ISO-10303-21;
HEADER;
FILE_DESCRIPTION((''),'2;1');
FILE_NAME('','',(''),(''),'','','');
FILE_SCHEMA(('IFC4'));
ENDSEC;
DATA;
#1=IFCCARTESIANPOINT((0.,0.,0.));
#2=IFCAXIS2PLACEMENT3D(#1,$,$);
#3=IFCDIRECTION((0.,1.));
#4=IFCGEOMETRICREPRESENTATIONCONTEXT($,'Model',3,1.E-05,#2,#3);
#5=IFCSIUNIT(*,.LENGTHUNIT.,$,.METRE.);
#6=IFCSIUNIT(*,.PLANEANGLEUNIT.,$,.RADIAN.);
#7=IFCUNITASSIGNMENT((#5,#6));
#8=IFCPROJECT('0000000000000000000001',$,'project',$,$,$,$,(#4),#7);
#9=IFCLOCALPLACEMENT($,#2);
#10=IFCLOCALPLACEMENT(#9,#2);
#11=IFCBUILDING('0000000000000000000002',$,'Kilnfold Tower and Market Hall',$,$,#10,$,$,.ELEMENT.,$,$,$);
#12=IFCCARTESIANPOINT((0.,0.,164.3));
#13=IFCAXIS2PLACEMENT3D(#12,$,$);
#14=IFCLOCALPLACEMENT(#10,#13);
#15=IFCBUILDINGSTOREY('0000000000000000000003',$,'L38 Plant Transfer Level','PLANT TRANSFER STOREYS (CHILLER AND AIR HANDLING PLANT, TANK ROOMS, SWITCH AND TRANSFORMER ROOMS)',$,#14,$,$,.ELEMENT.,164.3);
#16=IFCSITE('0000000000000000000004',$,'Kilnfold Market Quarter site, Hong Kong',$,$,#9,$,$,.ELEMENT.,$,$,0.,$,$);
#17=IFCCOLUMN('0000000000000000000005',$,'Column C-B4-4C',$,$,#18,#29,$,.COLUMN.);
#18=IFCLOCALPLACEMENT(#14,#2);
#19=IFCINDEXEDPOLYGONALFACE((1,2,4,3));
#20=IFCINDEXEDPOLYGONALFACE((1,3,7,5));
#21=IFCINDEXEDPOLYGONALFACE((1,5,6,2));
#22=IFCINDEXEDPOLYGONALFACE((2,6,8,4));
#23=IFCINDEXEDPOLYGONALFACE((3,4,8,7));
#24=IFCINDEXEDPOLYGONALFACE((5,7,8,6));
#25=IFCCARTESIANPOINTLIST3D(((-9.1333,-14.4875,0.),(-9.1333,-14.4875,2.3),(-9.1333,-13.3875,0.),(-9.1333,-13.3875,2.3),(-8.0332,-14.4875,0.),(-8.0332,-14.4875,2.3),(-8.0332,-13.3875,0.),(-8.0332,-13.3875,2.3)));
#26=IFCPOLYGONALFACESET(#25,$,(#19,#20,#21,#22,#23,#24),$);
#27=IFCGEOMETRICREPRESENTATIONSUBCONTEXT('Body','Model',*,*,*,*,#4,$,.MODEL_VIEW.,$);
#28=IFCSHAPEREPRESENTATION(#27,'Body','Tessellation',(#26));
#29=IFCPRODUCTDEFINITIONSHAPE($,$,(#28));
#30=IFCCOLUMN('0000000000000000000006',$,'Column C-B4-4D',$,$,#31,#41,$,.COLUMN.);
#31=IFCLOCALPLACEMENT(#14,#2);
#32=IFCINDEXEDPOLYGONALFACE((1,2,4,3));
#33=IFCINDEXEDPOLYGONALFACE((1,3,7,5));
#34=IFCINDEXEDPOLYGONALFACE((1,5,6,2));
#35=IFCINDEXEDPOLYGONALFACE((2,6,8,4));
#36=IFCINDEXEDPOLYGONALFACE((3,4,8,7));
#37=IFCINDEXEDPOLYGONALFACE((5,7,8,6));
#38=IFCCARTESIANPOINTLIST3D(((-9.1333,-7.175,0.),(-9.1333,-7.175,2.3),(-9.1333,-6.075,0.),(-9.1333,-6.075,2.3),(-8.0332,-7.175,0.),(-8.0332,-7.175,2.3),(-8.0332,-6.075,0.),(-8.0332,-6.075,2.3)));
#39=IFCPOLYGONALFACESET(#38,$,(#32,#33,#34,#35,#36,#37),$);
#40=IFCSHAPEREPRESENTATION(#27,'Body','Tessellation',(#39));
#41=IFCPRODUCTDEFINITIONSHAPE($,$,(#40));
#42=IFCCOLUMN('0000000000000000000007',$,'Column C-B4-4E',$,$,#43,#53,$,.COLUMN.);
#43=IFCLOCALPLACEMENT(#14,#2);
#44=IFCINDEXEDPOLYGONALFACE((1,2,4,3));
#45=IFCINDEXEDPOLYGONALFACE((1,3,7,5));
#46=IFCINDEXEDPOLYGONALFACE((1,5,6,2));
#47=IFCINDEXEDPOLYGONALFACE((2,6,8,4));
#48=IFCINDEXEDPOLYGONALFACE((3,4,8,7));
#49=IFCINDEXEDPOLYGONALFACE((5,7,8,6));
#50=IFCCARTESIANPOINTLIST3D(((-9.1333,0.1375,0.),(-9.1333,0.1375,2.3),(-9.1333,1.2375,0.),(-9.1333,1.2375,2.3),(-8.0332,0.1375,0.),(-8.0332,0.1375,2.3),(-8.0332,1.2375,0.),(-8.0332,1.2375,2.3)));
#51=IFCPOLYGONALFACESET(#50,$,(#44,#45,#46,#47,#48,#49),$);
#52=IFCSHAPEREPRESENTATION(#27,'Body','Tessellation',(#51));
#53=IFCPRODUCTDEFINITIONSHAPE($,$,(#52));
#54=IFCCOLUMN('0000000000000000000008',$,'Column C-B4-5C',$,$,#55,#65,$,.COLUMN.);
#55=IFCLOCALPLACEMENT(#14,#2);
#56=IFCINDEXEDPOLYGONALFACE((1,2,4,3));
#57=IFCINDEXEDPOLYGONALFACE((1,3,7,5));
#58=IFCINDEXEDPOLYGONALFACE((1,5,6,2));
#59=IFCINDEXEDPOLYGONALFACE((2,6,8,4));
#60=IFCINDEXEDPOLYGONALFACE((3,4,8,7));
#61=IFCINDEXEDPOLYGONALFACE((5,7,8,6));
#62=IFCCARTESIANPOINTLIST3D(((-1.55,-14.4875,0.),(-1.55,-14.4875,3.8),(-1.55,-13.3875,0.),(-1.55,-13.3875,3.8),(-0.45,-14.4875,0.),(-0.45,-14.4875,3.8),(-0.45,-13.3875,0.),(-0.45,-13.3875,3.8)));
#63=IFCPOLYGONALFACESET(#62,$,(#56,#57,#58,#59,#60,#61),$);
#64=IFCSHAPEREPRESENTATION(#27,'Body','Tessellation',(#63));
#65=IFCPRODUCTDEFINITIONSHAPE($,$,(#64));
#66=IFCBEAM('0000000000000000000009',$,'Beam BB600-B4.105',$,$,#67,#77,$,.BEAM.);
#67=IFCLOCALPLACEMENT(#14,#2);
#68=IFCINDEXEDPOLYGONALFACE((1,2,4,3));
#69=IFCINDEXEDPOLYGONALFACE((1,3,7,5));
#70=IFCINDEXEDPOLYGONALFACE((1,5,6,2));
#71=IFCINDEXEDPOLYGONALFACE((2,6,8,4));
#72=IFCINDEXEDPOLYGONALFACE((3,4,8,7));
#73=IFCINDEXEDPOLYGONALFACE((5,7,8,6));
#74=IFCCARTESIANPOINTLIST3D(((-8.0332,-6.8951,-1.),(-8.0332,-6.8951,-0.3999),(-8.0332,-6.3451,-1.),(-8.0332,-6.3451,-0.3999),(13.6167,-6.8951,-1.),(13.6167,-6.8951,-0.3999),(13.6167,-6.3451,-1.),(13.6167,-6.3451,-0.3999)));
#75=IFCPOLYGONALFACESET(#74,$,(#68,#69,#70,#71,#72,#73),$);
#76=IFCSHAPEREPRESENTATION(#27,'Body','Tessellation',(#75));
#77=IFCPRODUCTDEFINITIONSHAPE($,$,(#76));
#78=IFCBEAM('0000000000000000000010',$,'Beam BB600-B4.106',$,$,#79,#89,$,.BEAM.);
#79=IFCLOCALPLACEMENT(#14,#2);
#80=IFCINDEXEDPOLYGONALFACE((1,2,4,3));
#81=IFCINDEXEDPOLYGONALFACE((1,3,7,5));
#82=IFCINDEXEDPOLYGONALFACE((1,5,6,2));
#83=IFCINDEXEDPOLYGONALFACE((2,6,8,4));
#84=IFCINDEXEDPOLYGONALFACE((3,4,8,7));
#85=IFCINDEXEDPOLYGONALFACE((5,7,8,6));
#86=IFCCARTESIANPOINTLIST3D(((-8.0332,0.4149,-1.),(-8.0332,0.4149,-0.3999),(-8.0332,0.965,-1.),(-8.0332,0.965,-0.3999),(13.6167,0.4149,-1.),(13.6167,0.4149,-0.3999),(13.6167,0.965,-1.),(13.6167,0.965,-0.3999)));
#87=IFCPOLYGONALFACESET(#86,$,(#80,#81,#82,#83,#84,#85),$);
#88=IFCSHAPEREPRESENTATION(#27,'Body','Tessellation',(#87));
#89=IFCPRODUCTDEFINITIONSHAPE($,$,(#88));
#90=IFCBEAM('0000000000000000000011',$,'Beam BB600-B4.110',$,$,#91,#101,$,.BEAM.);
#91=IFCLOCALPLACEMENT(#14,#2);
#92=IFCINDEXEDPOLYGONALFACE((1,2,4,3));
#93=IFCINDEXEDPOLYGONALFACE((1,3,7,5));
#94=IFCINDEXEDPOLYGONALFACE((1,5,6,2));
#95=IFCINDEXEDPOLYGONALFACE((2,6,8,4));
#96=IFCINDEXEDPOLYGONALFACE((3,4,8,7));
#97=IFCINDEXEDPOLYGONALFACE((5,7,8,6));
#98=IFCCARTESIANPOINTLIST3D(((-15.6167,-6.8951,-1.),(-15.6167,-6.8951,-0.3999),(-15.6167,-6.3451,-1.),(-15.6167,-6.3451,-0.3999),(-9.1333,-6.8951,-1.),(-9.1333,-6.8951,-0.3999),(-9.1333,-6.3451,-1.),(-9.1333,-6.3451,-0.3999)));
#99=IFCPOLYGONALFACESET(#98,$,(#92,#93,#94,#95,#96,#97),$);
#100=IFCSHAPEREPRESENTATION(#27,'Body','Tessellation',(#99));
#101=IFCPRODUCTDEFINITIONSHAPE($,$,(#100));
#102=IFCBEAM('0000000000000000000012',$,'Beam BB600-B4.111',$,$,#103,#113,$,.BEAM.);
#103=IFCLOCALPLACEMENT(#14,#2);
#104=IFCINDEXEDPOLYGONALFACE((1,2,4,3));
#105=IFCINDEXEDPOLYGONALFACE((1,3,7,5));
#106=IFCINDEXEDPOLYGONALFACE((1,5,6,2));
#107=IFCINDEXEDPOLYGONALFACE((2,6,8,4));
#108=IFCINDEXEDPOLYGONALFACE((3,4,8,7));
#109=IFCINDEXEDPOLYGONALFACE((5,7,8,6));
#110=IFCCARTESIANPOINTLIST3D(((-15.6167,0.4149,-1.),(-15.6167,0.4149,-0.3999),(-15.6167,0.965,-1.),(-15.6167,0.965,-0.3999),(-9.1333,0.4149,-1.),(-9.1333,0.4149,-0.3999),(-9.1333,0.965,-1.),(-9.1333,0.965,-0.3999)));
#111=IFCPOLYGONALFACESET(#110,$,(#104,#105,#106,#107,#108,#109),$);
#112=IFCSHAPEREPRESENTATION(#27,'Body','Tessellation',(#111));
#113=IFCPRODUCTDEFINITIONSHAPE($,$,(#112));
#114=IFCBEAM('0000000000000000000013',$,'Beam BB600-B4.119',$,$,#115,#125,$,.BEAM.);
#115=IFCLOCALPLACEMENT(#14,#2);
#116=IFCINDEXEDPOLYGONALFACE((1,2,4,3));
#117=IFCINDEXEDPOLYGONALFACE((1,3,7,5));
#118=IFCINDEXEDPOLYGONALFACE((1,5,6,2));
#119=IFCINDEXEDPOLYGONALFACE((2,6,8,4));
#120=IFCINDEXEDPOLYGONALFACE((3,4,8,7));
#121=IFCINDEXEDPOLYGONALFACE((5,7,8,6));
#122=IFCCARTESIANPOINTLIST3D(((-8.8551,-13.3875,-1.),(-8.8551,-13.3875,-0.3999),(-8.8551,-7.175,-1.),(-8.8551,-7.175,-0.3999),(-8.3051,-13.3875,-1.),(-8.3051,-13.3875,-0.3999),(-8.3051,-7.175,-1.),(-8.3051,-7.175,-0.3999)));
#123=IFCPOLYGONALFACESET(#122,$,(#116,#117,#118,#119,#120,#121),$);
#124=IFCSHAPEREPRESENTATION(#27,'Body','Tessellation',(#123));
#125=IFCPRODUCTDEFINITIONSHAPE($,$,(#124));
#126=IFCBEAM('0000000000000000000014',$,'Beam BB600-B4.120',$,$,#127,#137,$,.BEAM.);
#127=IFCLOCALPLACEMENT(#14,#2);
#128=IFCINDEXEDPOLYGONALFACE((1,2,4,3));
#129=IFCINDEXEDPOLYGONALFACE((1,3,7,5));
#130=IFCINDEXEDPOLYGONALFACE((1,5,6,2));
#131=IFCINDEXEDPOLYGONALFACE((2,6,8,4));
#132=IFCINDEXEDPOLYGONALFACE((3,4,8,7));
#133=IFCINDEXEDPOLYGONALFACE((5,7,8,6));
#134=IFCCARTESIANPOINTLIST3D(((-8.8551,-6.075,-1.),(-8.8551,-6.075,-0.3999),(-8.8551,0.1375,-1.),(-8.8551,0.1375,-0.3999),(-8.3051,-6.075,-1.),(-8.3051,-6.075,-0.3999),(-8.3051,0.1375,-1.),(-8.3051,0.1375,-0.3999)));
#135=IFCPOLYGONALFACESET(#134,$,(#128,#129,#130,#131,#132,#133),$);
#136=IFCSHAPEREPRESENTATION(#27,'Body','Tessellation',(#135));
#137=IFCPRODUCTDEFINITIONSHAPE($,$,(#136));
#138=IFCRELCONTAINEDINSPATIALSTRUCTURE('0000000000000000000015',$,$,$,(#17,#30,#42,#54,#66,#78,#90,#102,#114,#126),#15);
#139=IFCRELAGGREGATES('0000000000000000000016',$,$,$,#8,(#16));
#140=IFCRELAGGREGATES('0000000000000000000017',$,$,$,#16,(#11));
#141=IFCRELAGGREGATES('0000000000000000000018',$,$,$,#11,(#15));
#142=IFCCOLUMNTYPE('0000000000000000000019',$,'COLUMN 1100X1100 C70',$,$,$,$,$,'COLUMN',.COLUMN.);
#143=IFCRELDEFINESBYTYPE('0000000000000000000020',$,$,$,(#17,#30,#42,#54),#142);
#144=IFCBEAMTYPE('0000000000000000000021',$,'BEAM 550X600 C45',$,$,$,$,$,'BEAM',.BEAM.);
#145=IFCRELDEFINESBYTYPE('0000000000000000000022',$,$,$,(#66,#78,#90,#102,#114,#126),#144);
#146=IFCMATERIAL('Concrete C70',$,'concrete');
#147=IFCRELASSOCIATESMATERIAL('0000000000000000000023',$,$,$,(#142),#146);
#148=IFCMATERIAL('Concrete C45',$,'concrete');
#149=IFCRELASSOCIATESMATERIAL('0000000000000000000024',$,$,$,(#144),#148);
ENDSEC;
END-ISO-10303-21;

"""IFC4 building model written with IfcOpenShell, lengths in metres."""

from ifc_helpers import new_model, si_unit, direction, frame, origin, origin_2d, place, context, subcontext, project, spatial, rectangle, extrude, source, transform, mapped, material, material_profile, profile_set, type_object, element, save


model = new_model("IFC4")

# Units and contexts
model_context = context("Model", 3, precision=1e-05, world=origin(), true_north=direction((0.0, 1.0)))
body_context = subcontext(model_context, "Body", "Model", "MODEL_VIEW")
ifc_project = project(units=[si_unit("LENGTHUNIT", "METRE"), si_unit("PLANEANGLEUNIT", "RADIAN")], contexts=[model_context])

# Site, building, storey
site_placement = place(None, origin())
site = spatial("IfcSite", under=ifc_project, at=site_placement, Name="Kilnfold Market Quarter site, Hong Kong", CompositionType="ELEMENT", RefElevation=0.0)
building_placement = place(site_placement, origin())
building = spatial("IfcBuilding", under=site, at=building_placement, Name="Kilnfold Tower and Market Hall", CompositionType="ELEMENT")
storey_placement = place(building_placement, frame((0.0, 0.0, 164.3)))
storey = spatial("IfcBuildingStorey", under=building, at=storey_placement, Name="L38 Plant Transfer Level", Description="PLANT TRANSFER STOREYS (CHILLER AND AIR HANDLING PLANT, TANK ROOMS, SWITCH AND TRANSFORMER ROOMS)", CompositionType="ELEMENT", Elevation=164.3)

# Columns
ifc_material_1 = material(Name="Concrete C70", Category="concrete")
ifc_material_profile_1 = material_profile(ifc_material_1, rectangle(XDim=1.1001, YDim=1.1001, at=origin_2d()), Name="RC 1100x1100")
ifc_profile_set_1 = profile_set([ifc_material_profile_1], Name="Concrete C70")
column_type = type_object("IfcColumnType", Name="COLUMN 1100X1100 C70", ElementType="COLUMN", PredefinedType="COLUMN", material=ifc_profile_set_1)
shared_shape_1 = source(origin(), body_context, "Body", "SweptSolid", [
    extrude(rectangle(XDim=1.1001, YDim=1.1001, at=origin_2d()), origin(), (0.0, 0.0, 1.0), 2.3),
])
for number, where, z_axis, x_axis, name in (
    (1, (-8.5833, -13.9375, 0.0), (0.0, 0.0, 1.0), (1.0, 0.0, 0.0), "Column C-B4-4C"),
    (2, (-8.5833, -6.625, 0.0), (0.0, 0.0, 1.0), (1.0, 0.0, 0.0), "Column C-B4-4D"),
    (3, (-8.5833, 0.6875, 0.0), (0.0, 0.0, 1.0), (1.0, 0.0, 0.0), "Column C-B4-4E"),
):
    element("IfcColumn", number, at=place(storey_placement, frame(where, z_axis=z_axis, x_axis=x_axis)), inside=storey, type_object=column_type, Name=name, PredefinedType="COLUMN", context=body_context, shape_type="MappedRepresentation", body=[
        mapped(shared_shape_1, transform((0.0, 0.0, 0.0))),
    ])
shared_shape_2 = source(origin(), body_context, "Body", "SweptSolid", [
    extrude(rectangle(XDim=1.1001, YDim=1.1001, at=origin_2d()), origin(), (0.0, 0.0, 1.0), 3.8),
])
column_placement = place(storey_placement, frame((-1.0, -13.9375, 0.0), z_axis=(0.0, 0.0, 1.0), x_axis=(1.0, 0.0, 0.0)))
element("IfcColumn", 4, at=column_placement, inside=storey, type_object=column_type, Name="Column C-B4-5C", PredefinedType="COLUMN", context=body_context, shape_type="MappedRepresentation", body=[
    mapped(shared_shape_2, transform((0.0, 0.0, 0.0))),
])

# Beams
ifc_material_2 = material(Name="Concrete C45", Category="concrete")
ifc_material_profile_2 = material_profile(ifc_material_2, rectangle(XDim=0.55, YDim=0.6001, at=origin_2d()), Name="RC 550x600")
ifc_profile_set_2 = profile_set([ifc_material_profile_2], Name="Concrete C45")
beam_type = type_object("IfcBeamType", Name="BEAM 550X600 C45", ElementType="BEAM", PredefinedType="BEAM", material=ifc_profile_set_2)
shared_shape_3 = source(origin(), body_context, "Body", "SweptSolid", [
    extrude(rectangle(XDim=0.55, YDim=0.6001, at=origin_2d()), origin(), (0.0, 0.0, 1.0), 21.6499),
])
for number, where, z_axis, x_axis, name in (
    (5, (-8.0332, -6.6201, -0.7), (1.0, 0.0, 0.0), (0.0, 1.0, 0.0), "Beam BB600-B4.105"),
    (6, (-8.0332, 0.6899, -0.7), (1.0, 0.0, 0.0), (0.0, 1.0, 0.0), "Beam BB600-B4.106"),
):
    element("IfcBeam", number, at=place(storey_placement, frame(where, z_axis=z_axis, x_axis=x_axis)), inside=storey, type_object=beam_type, Name=name, PredefinedType="BEAM", context=body_context, shape_type="MappedRepresentation", body=[
        mapped(shared_shape_3, transform((0.0, 0.0, 0.0))),
    ])
shared_shape_4 = source(origin(), body_context, "Body", "SweptSolid", [
    extrude(rectangle(XDim=0.55, YDim=0.6001, at=origin_2d()), origin(), (0.0, 0.0, 1.0), 6.4834),
])
for number, where, z_axis, x_axis, name in (
    (7, (-15.6167, -6.6201, -0.7), (1.0, 0.0, 0.0), (0.0, 1.0, 0.0), "Beam BB600-B4.110"),
    (8, (-15.6167, 0.6899, -0.7), (1.0, 0.0, 0.0), (0.0, 1.0, 0.0), "Beam BB600-B4.111"),
):
    element("IfcBeam", number, at=place(storey_placement, frame(where, z_axis=z_axis, x_axis=x_axis)), inside=storey, type_object=beam_type, Name=name, PredefinedType="BEAM", context=body_context, shape_type="MappedRepresentation", body=[
        mapped(shared_shape_4, transform((0.0, 0.0, 0.0))),
    ])
shared_shape_5 = source(origin(), body_context, "Body", "SweptSolid", [
    extrude(rectangle(XDim=0.55, YDim=0.6001, at=origin_2d()), origin(), (0.0, 0.0, 1.0), 6.2124),
])
for number, where, z_axis, x_axis, name in (
    (9, (-8.5801, -13.3875, -0.7), (0.0, 1.0, 0.0), (-1.0, 0.0, 0.0), "Beam BB600-B4.119"),
    (10, (-8.5801, -6.075, -0.7), (0.0, 1.0, 0.0), (-1.0, 0.0, 0.0), "Beam BB600-B4.120"),
):
    element("IfcBeam", number, at=place(storey_placement, frame(where, z_axis=z_axis, x_axis=x_axis)), inside=storey, type_object=beam_type, Name=name, PredefinedType="BEAM", context=body_context, shape_type="MappedRepresentation", body=[
        mapped(shared_shape_5, transform((0.0, 0.0, 0.0))),
    ])

save(model, "model.ifc")
